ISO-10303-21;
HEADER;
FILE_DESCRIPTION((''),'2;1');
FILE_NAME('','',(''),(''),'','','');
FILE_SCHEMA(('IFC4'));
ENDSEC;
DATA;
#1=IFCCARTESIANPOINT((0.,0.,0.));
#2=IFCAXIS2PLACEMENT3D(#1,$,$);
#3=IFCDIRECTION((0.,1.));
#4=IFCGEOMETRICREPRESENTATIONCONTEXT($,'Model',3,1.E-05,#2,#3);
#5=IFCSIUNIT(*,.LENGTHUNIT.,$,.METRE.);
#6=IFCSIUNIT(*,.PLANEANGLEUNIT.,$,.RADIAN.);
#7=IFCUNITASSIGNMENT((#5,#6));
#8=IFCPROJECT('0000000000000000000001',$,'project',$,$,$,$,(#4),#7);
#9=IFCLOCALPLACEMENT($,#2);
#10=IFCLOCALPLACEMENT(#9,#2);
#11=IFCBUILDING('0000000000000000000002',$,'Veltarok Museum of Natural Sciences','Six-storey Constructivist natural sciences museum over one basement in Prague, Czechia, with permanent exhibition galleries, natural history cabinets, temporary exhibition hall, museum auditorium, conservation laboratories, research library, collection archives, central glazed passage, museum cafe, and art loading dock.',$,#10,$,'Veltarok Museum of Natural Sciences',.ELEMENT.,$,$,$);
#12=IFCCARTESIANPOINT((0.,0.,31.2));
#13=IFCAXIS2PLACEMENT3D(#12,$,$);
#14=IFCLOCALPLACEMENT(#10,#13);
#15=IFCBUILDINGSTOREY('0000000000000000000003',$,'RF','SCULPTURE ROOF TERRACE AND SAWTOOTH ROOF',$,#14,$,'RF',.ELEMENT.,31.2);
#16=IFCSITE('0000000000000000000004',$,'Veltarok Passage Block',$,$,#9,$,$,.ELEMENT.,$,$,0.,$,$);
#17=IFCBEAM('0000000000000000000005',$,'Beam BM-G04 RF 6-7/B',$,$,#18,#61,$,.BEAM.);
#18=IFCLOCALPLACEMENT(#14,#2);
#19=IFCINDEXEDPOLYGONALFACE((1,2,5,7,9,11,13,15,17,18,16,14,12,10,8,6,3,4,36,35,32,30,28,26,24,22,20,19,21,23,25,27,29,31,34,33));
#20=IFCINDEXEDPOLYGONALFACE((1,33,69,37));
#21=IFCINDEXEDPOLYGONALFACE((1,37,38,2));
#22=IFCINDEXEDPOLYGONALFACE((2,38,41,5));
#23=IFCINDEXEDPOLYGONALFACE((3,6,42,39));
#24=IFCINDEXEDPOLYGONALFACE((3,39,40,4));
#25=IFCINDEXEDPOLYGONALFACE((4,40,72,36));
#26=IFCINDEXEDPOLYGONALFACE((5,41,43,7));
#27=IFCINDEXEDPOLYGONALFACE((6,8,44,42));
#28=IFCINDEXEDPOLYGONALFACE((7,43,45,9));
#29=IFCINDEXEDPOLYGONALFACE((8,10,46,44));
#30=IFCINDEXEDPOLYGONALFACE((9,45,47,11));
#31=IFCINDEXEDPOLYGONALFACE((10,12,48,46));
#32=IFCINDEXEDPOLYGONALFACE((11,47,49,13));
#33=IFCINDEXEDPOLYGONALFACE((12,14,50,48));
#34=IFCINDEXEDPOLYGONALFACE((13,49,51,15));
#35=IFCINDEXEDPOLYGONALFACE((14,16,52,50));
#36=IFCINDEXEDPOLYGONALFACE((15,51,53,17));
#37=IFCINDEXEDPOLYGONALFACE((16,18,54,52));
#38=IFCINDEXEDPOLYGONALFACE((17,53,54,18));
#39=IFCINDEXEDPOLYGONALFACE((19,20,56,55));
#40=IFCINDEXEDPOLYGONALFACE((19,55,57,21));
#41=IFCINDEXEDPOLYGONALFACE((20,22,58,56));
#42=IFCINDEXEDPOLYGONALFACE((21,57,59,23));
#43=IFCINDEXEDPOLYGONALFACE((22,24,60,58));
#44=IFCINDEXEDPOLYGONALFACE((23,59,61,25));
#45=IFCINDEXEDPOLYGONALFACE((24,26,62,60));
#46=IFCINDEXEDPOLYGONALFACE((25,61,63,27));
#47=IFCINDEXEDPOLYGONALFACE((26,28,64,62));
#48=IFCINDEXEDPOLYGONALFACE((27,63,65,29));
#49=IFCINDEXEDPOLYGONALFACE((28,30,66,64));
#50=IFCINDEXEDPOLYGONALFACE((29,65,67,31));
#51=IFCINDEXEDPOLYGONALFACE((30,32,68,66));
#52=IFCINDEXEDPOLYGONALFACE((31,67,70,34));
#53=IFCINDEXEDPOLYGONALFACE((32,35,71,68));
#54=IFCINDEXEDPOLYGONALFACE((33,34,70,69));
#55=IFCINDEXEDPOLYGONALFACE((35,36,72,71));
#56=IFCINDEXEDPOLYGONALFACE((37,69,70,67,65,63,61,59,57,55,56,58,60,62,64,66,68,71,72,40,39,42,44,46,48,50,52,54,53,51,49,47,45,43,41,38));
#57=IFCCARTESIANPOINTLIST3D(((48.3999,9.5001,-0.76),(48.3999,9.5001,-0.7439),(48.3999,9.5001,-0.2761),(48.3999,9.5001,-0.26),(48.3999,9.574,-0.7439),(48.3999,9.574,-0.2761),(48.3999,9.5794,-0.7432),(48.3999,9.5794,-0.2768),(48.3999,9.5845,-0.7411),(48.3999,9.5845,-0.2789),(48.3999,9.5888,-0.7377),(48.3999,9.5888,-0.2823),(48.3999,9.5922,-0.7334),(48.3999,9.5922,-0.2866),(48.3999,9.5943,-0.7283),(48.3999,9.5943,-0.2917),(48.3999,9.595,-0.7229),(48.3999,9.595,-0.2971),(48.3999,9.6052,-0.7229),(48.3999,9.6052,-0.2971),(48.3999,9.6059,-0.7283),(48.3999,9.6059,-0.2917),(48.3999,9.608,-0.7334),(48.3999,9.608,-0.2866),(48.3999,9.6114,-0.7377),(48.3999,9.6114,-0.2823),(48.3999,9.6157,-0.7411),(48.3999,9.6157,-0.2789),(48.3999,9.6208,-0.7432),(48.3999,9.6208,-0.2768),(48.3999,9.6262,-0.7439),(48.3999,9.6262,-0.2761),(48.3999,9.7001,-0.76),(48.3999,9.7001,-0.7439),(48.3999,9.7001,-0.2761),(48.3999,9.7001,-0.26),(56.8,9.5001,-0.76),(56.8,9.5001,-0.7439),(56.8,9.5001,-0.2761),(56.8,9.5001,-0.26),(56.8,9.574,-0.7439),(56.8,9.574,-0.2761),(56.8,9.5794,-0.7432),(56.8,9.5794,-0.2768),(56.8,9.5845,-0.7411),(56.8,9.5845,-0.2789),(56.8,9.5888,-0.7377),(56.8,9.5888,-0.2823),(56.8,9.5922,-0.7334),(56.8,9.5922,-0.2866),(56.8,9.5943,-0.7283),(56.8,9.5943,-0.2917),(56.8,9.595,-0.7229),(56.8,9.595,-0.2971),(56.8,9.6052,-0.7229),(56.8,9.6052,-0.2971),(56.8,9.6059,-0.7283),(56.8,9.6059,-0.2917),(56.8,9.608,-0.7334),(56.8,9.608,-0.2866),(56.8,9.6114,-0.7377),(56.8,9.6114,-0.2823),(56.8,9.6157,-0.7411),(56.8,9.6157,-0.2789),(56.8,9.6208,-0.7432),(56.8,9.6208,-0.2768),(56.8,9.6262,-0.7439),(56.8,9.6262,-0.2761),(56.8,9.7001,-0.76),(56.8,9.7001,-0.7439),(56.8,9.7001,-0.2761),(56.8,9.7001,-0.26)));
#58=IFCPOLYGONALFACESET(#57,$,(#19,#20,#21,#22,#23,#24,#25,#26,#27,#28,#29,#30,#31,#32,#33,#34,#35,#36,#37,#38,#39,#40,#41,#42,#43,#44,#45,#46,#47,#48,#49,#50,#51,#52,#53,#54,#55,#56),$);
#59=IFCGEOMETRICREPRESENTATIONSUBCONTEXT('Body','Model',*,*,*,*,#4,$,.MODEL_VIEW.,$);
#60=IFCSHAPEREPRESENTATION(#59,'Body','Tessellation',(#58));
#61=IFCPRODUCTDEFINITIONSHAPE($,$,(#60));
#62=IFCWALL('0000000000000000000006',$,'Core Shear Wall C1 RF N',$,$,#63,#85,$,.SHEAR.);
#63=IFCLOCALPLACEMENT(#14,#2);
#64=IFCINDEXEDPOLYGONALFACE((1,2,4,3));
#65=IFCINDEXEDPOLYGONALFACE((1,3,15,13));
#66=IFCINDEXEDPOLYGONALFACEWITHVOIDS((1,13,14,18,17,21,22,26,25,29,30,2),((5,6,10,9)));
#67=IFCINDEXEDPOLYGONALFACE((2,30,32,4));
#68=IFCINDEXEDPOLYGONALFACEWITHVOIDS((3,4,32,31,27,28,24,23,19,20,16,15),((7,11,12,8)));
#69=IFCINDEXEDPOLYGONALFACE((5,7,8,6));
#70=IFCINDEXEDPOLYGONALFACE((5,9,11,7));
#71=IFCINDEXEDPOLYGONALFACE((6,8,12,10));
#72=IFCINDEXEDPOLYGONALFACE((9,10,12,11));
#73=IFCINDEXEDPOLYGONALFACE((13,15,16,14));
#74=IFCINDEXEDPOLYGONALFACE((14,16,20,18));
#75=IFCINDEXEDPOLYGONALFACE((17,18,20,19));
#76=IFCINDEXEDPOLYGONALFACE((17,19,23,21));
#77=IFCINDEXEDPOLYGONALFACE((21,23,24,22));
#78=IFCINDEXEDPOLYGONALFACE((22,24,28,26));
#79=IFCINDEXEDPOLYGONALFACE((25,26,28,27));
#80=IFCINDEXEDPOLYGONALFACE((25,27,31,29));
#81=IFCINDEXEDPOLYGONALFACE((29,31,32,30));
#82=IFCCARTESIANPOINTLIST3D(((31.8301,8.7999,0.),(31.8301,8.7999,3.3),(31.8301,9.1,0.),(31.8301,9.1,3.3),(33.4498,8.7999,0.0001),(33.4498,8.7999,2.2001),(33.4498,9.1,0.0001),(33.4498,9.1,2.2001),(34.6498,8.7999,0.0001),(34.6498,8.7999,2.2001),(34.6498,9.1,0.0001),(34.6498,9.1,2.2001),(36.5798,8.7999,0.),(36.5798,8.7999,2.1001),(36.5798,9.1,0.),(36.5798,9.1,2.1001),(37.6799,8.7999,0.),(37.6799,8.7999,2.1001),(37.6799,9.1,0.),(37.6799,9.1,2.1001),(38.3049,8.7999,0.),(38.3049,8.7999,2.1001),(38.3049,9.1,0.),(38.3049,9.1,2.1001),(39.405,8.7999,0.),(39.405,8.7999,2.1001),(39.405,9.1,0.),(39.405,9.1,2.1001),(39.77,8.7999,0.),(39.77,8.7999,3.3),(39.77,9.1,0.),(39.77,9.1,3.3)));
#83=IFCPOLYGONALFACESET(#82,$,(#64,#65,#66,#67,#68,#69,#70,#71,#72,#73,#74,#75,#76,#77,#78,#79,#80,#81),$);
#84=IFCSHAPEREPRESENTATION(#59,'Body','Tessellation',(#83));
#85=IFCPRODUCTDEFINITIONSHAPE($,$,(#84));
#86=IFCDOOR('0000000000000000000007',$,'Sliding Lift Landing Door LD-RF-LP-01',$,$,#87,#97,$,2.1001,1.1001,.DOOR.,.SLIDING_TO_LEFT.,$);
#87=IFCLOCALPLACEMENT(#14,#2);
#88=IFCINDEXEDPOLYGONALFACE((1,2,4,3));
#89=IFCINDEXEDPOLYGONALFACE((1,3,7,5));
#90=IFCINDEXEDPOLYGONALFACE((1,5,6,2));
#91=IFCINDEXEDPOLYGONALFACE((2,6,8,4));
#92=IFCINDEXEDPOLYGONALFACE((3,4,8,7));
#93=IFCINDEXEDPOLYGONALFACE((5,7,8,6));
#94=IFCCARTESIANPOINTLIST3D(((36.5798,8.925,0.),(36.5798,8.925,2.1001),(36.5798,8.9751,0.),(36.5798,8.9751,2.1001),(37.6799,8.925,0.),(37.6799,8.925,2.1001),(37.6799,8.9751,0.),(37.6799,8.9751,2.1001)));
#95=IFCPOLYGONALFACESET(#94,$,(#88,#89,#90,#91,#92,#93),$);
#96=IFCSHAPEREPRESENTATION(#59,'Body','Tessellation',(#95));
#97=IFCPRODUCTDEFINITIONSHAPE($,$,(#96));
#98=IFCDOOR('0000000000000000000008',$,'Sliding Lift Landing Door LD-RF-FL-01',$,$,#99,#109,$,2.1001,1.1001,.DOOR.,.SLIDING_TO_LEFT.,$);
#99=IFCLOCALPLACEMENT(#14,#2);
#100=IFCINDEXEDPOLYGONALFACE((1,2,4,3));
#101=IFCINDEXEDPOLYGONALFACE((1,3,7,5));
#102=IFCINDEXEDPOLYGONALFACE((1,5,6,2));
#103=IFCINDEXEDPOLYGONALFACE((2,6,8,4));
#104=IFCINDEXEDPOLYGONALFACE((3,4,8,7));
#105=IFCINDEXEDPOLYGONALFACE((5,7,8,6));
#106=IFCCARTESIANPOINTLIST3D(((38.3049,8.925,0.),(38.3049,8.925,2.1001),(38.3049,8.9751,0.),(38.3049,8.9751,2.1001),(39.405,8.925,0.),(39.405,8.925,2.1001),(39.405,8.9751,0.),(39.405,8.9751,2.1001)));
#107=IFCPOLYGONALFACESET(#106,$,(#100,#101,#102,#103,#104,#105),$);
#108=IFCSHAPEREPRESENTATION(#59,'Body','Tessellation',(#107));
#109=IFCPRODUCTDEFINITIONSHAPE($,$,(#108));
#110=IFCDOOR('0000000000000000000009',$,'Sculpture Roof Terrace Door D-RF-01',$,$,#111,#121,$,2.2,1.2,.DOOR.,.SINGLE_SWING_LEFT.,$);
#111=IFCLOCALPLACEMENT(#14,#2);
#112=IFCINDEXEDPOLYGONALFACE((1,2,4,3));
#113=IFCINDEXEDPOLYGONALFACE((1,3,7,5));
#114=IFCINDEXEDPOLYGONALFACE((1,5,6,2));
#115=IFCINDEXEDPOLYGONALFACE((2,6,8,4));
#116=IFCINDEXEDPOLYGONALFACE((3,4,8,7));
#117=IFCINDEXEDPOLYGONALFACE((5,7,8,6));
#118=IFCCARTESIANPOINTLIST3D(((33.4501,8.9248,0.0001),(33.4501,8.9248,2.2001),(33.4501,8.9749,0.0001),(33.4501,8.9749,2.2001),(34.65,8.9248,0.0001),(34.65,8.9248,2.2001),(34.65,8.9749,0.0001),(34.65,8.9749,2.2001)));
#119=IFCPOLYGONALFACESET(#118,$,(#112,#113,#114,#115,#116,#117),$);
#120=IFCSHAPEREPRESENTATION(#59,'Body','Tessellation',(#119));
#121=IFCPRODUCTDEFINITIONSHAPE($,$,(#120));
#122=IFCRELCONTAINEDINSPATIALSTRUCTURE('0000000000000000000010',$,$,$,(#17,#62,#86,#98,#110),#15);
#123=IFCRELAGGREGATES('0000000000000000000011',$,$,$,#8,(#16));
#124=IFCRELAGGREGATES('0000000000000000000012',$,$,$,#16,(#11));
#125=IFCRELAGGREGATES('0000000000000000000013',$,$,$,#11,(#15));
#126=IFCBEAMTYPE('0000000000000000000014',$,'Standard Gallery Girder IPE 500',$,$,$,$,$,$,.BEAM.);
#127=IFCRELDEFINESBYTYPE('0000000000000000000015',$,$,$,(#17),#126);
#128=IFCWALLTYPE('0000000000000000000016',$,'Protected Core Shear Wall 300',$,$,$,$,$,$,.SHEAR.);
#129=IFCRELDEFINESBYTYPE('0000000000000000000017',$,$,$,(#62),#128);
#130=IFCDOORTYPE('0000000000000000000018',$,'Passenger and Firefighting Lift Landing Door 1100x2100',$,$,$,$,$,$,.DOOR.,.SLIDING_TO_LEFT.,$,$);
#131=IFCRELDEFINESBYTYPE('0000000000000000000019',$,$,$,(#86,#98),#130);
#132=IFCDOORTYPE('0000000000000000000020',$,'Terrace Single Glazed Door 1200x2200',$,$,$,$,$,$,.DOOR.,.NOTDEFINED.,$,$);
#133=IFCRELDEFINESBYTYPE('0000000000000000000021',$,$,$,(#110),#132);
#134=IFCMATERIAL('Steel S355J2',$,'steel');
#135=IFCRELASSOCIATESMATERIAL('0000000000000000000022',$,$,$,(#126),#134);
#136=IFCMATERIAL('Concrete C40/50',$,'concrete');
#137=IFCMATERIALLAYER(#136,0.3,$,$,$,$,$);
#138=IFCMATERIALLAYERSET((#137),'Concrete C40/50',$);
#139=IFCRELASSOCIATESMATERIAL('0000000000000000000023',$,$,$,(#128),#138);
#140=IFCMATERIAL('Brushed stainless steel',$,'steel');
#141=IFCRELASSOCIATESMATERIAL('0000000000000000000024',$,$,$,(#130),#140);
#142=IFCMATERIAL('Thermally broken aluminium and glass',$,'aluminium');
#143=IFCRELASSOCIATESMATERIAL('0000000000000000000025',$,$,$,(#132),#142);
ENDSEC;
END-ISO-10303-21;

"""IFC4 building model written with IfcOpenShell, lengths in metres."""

from ifc_helpers import new_model, si_unit, direction, frame, frame_2d, origin, origin_2d, place, context, subcontext, project, spatial, rectangle, i_section, extrude, material, layer, layer_set, material_profile, profile_set, type_object, element, fill, save


model = new_model("IFC4")

# Units and contexts
model_context = context("Model", 3, precision=1e-05, world=origin(), true_north=direction((0.0, 1.0)))
body_context = subcontext(model_context, "Body", "Model", "MODEL_VIEW")
ifc_project = project(units=[si_unit("LENGTHUNIT", "METRE"), si_unit("PLANEANGLEUNIT", "RADIAN")], contexts=[model_context])

# Site, building, storey
site_placement = place(None, origin())
site = spatial("IfcSite", under=ifc_project, at=site_placement, Name="Veltarok Passage Block", CompositionType="ELEMENT", RefElevation=0.0)
building_placement = place(site_placement, origin())
building = spatial("IfcBuilding", under=site, at=building_placement, Name="Veltarok Museum of Natural Sciences", Description="Six-storey Constructivist natural sciences museum over one basement in Prague, Czechia, with permanent exhibition galleries, natural history cabinets, temporary exhibition hall, museum auditorium, conservation laboratories, research library, collection archives, central glazed passage, museum cafe, and art loading dock.", LongName="Veltarok Museum of Natural Sciences", CompositionType="ELEMENT")
storey_placement = place(building_placement, frame((0.0, 0.0, 31.2)))
storey = spatial("IfcBuildingStorey", under=building, at=storey_placement, Name="RF", Description="SCULPTURE ROOF TERRACE AND SAWTOOTH ROOF", LongName="RF", CompositionType="ELEMENT", Elevation=31.2)

# Beam
ifc_material_1 = material(Name="Concrete C40/50", Category="concrete")
ifc_material_2 = material(Name="Steel S355J2", Category="steel")
ifc_material_profile_1 = material_profile(ifc_material_2, i_section(OverallWidth=0.2, OverallDepth=0.5, WebThickness=0.0103, FlangeThickness=0.0161, FilletRadius=0.021, at=origin_2d()), Name="IPE 500")
ifc_profile_set_1 = profile_set([ifc_material_profile_1], Name="Steel S355J2")
beam_type_1 = type_object("IfcBeamType", Name="Standard Gallery Girder IPE 500", PredefinedType="BEAM", material=ifc_profile_set_1)
beam_1_placement = place(storey_placement, frame((48.3999, 9.6001, -0.51), z_axis=(1.0, 0.0, 0.0), x_axis=(0.0, 1.0, 0.0)))
element("IfcBeam", 1, at=beam_1_placement, inside=storey, type_object=beam_type_1, Name="Beam BM-G04 RF 6-7/B", PredefinedType="BEAM", context=body_context, shape_type="SweptSolid", body=[
    extrude(i_section(OverallWidth=0.2, OverallDepth=0.5, WebThickness=0.0103, FlangeThickness=0.0161, FilletRadius=0.021, at=origin_2d()), origin(), (0.0, 0.0, 1.0), 8.4001),
])

# Wall, openings, doors
ifc_layer = layer(ifc_material_1, 0.3)
ifc_layer_set = layer_set([ifc_layer], Name="Concrete C40/50")
wall_type = type_object("IfcWallType", Name="Protected Core Shear Wall 300", PredefinedType="SHEAR", material=ifc_layer_set)
wall_placement = place(storey_placement, frame((39.77, 8.95, 0.0), z_axis=(0.0, 0.0, 1.0), x_axis=(-1.0, 0.0, 0.0)))
wall = element("IfcWall", 2, at=wall_placement, inside=storey, type_object=wall_type, Name="Core Shear Wall C1 RF N", PredefinedType="SHEAR", context=body_context, shape_type="SweptSolid", body=[
    extrude(rectangle(XDim=7.9399, YDim=0.3, at=frame_2d((3.97, 0.0))), origin(), (0.0, 0.0, 1.0), 3.3),
])
opening_1_placement = place(wall_placement, frame((5.1201, 0.0, 0.0)))
opening_1 = element("IfcOpeningElement", 3, at=opening_1_placement, cuts=wall, PredefinedType="OPENING", context=body_context, shape_type="SweptSolid", body=[
    extrude(rectangle(XDim=1.2, YDim=2.2, at=frame_2d((0.6001, 1.1001))), frame((0.0, 0.1602, 0.0), z_axis=(0.0, -1.0, 0.0), x_axis=(1.0, 0.0, 0.0)), (0.0, 0.0, 1.0), 0.3201),
])
opening_2_placement = place(wall_placement, frame((2.0901, 0.0, 0.0)))
opening_2 = element("IfcOpeningElement", 4, at=opening_2_placement, cuts=wall, PredefinedType="OPENING", context=body_context, shape_type="SweptSolid", body=[
    extrude(rectangle(XDim=1.1001, YDim=2.1001, at=frame_2d((0.55, 1.05))), frame((0.0, 0.1602, 0.0), z_axis=(0.0, -1.0, 0.0), x_axis=(1.0, 0.0, 0.0)), (0.0, 0.0, 1.0), 0.3201),
])
opening_3_placement = place(wall_placement, frame((0.365, 0.0, 0.0)))
opening_3 = element("IfcOpeningElement", 5, at=opening_3_placement, cuts=wall, PredefinedType="OPENING", context=body_context, shape_type="SweptSolid", body=[
    extrude(rectangle(XDim=1.1001, YDim=2.1001, at=frame_2d((0.55, 1.05))), frame((0.0, 0.1602, 0.0), z_axis=(0.0, -1.0, 0.0), x_axis=(1.0, 0.0, 0.0)), (0.0, 0.0, 1.0), 0.3201),
])
ifc_material_3 = material(Name="Brushed stainless steel", Category="steel")
door_type_1 = type_object("IfcDoorType", Name="Passenger and Firefighting Lift Landing Door 1100x2100", OperationType="SLIDING_TO_LEFT", PredefinedType="DOOR", material=ifc_material_3)
door_1_placement = place(opening_2_placement, origin())
door_1 = element("IfcDoor", 6, at=door_1_placement, inside=storey, type_object=door_type_1, Name="Sliding Lift Landing Door LD-RF-LP-01", OperationType="SLIDING_TO_LEFT", OverallHeight=2.1001, OverallWidth=1.1001, PredefinedType="DOOR", context=body_context, shape_type="SweptSolid", body=[
    extrude(rectangle(XDim=1.1001, YDim=2.1001, at=frame_2d((0.55, 1.05))), frame((0.0, 0.0249, 0.0), z_axis=(0.0, -1.0, 0.0), x_axis=(1.0, 0.0, 0.0)), (0.0, 0.0, 1.0), 0.05),
])
fill(opening_2, door_1)
door_2_placement = place(opening_3_placement, origin())
door_2 = element("IfcDoor", 7, at=door_2_placement, inside=storey, type_object=door_type_1, Name="Sliding Lift Landing Door LD-RF-FL-01", OperationType="SLIDING_TO_LEFT", OverallHeight=2.1001, OverallWidth=1.1001, PredefinedType="DOOR", context=body_context, shape_type="SweptSolid", body=[
    extrude(rectangle(XDim=1.1001, YDim=2.1001, at=frame_2d((0.55, 1.05))), frame((0.0, 0.0249, 0.0), z_axis=(0.0, -1.0, 0.0), x_axis=(1.0, 0.0, 0.0)), (0.0, 0.0, 1.0), 0.05),
])
fill(opening_3, door_2)
ifc_material_4 = material(Name="Thermally broken aluminium and glass", Category="aluminium")
door_type_2 = type_object("IfcDoorType", Name="Terrace Single Glazed Door 1200x2200", OperationType="NOTDEFINED", PredefinedType="DOOR", material=ifc_material_4)
door_3_placement = place(opening_1_placement, frame((1.2, 0.0, 0.0), z_axis=(0.0, 0.0, 1.0), x_axis=(-1.0, 0.0, 0.0)))
door_3 = element("IfcDoor", 8, at=door_3_placement, inside=storey, type_object=door_type_2, Name="Sculpture Roof Terrace Door D-RF-01", OperationType="SINGLE_SWING_LEFT", OverallHeight=2.2, OverallWidth=1.2, PredefinedType="DOOR", context=body_context, shape_type="SweptSolid", body=[
    extrude(rectangle(XDim=1.2, YDim=2.2, at=frame_2d((0.6001, 1.1001))), frame((0.0, 0.0249, 0.0), z_axis=(0.0, -1.0, 0.0), x_axis=(1.0, 0.0, 0.0)), (0.0, 0.0, 1.0), 0.05),
])
fill(opening_1, door_3)

save(model, "model.ifc")
